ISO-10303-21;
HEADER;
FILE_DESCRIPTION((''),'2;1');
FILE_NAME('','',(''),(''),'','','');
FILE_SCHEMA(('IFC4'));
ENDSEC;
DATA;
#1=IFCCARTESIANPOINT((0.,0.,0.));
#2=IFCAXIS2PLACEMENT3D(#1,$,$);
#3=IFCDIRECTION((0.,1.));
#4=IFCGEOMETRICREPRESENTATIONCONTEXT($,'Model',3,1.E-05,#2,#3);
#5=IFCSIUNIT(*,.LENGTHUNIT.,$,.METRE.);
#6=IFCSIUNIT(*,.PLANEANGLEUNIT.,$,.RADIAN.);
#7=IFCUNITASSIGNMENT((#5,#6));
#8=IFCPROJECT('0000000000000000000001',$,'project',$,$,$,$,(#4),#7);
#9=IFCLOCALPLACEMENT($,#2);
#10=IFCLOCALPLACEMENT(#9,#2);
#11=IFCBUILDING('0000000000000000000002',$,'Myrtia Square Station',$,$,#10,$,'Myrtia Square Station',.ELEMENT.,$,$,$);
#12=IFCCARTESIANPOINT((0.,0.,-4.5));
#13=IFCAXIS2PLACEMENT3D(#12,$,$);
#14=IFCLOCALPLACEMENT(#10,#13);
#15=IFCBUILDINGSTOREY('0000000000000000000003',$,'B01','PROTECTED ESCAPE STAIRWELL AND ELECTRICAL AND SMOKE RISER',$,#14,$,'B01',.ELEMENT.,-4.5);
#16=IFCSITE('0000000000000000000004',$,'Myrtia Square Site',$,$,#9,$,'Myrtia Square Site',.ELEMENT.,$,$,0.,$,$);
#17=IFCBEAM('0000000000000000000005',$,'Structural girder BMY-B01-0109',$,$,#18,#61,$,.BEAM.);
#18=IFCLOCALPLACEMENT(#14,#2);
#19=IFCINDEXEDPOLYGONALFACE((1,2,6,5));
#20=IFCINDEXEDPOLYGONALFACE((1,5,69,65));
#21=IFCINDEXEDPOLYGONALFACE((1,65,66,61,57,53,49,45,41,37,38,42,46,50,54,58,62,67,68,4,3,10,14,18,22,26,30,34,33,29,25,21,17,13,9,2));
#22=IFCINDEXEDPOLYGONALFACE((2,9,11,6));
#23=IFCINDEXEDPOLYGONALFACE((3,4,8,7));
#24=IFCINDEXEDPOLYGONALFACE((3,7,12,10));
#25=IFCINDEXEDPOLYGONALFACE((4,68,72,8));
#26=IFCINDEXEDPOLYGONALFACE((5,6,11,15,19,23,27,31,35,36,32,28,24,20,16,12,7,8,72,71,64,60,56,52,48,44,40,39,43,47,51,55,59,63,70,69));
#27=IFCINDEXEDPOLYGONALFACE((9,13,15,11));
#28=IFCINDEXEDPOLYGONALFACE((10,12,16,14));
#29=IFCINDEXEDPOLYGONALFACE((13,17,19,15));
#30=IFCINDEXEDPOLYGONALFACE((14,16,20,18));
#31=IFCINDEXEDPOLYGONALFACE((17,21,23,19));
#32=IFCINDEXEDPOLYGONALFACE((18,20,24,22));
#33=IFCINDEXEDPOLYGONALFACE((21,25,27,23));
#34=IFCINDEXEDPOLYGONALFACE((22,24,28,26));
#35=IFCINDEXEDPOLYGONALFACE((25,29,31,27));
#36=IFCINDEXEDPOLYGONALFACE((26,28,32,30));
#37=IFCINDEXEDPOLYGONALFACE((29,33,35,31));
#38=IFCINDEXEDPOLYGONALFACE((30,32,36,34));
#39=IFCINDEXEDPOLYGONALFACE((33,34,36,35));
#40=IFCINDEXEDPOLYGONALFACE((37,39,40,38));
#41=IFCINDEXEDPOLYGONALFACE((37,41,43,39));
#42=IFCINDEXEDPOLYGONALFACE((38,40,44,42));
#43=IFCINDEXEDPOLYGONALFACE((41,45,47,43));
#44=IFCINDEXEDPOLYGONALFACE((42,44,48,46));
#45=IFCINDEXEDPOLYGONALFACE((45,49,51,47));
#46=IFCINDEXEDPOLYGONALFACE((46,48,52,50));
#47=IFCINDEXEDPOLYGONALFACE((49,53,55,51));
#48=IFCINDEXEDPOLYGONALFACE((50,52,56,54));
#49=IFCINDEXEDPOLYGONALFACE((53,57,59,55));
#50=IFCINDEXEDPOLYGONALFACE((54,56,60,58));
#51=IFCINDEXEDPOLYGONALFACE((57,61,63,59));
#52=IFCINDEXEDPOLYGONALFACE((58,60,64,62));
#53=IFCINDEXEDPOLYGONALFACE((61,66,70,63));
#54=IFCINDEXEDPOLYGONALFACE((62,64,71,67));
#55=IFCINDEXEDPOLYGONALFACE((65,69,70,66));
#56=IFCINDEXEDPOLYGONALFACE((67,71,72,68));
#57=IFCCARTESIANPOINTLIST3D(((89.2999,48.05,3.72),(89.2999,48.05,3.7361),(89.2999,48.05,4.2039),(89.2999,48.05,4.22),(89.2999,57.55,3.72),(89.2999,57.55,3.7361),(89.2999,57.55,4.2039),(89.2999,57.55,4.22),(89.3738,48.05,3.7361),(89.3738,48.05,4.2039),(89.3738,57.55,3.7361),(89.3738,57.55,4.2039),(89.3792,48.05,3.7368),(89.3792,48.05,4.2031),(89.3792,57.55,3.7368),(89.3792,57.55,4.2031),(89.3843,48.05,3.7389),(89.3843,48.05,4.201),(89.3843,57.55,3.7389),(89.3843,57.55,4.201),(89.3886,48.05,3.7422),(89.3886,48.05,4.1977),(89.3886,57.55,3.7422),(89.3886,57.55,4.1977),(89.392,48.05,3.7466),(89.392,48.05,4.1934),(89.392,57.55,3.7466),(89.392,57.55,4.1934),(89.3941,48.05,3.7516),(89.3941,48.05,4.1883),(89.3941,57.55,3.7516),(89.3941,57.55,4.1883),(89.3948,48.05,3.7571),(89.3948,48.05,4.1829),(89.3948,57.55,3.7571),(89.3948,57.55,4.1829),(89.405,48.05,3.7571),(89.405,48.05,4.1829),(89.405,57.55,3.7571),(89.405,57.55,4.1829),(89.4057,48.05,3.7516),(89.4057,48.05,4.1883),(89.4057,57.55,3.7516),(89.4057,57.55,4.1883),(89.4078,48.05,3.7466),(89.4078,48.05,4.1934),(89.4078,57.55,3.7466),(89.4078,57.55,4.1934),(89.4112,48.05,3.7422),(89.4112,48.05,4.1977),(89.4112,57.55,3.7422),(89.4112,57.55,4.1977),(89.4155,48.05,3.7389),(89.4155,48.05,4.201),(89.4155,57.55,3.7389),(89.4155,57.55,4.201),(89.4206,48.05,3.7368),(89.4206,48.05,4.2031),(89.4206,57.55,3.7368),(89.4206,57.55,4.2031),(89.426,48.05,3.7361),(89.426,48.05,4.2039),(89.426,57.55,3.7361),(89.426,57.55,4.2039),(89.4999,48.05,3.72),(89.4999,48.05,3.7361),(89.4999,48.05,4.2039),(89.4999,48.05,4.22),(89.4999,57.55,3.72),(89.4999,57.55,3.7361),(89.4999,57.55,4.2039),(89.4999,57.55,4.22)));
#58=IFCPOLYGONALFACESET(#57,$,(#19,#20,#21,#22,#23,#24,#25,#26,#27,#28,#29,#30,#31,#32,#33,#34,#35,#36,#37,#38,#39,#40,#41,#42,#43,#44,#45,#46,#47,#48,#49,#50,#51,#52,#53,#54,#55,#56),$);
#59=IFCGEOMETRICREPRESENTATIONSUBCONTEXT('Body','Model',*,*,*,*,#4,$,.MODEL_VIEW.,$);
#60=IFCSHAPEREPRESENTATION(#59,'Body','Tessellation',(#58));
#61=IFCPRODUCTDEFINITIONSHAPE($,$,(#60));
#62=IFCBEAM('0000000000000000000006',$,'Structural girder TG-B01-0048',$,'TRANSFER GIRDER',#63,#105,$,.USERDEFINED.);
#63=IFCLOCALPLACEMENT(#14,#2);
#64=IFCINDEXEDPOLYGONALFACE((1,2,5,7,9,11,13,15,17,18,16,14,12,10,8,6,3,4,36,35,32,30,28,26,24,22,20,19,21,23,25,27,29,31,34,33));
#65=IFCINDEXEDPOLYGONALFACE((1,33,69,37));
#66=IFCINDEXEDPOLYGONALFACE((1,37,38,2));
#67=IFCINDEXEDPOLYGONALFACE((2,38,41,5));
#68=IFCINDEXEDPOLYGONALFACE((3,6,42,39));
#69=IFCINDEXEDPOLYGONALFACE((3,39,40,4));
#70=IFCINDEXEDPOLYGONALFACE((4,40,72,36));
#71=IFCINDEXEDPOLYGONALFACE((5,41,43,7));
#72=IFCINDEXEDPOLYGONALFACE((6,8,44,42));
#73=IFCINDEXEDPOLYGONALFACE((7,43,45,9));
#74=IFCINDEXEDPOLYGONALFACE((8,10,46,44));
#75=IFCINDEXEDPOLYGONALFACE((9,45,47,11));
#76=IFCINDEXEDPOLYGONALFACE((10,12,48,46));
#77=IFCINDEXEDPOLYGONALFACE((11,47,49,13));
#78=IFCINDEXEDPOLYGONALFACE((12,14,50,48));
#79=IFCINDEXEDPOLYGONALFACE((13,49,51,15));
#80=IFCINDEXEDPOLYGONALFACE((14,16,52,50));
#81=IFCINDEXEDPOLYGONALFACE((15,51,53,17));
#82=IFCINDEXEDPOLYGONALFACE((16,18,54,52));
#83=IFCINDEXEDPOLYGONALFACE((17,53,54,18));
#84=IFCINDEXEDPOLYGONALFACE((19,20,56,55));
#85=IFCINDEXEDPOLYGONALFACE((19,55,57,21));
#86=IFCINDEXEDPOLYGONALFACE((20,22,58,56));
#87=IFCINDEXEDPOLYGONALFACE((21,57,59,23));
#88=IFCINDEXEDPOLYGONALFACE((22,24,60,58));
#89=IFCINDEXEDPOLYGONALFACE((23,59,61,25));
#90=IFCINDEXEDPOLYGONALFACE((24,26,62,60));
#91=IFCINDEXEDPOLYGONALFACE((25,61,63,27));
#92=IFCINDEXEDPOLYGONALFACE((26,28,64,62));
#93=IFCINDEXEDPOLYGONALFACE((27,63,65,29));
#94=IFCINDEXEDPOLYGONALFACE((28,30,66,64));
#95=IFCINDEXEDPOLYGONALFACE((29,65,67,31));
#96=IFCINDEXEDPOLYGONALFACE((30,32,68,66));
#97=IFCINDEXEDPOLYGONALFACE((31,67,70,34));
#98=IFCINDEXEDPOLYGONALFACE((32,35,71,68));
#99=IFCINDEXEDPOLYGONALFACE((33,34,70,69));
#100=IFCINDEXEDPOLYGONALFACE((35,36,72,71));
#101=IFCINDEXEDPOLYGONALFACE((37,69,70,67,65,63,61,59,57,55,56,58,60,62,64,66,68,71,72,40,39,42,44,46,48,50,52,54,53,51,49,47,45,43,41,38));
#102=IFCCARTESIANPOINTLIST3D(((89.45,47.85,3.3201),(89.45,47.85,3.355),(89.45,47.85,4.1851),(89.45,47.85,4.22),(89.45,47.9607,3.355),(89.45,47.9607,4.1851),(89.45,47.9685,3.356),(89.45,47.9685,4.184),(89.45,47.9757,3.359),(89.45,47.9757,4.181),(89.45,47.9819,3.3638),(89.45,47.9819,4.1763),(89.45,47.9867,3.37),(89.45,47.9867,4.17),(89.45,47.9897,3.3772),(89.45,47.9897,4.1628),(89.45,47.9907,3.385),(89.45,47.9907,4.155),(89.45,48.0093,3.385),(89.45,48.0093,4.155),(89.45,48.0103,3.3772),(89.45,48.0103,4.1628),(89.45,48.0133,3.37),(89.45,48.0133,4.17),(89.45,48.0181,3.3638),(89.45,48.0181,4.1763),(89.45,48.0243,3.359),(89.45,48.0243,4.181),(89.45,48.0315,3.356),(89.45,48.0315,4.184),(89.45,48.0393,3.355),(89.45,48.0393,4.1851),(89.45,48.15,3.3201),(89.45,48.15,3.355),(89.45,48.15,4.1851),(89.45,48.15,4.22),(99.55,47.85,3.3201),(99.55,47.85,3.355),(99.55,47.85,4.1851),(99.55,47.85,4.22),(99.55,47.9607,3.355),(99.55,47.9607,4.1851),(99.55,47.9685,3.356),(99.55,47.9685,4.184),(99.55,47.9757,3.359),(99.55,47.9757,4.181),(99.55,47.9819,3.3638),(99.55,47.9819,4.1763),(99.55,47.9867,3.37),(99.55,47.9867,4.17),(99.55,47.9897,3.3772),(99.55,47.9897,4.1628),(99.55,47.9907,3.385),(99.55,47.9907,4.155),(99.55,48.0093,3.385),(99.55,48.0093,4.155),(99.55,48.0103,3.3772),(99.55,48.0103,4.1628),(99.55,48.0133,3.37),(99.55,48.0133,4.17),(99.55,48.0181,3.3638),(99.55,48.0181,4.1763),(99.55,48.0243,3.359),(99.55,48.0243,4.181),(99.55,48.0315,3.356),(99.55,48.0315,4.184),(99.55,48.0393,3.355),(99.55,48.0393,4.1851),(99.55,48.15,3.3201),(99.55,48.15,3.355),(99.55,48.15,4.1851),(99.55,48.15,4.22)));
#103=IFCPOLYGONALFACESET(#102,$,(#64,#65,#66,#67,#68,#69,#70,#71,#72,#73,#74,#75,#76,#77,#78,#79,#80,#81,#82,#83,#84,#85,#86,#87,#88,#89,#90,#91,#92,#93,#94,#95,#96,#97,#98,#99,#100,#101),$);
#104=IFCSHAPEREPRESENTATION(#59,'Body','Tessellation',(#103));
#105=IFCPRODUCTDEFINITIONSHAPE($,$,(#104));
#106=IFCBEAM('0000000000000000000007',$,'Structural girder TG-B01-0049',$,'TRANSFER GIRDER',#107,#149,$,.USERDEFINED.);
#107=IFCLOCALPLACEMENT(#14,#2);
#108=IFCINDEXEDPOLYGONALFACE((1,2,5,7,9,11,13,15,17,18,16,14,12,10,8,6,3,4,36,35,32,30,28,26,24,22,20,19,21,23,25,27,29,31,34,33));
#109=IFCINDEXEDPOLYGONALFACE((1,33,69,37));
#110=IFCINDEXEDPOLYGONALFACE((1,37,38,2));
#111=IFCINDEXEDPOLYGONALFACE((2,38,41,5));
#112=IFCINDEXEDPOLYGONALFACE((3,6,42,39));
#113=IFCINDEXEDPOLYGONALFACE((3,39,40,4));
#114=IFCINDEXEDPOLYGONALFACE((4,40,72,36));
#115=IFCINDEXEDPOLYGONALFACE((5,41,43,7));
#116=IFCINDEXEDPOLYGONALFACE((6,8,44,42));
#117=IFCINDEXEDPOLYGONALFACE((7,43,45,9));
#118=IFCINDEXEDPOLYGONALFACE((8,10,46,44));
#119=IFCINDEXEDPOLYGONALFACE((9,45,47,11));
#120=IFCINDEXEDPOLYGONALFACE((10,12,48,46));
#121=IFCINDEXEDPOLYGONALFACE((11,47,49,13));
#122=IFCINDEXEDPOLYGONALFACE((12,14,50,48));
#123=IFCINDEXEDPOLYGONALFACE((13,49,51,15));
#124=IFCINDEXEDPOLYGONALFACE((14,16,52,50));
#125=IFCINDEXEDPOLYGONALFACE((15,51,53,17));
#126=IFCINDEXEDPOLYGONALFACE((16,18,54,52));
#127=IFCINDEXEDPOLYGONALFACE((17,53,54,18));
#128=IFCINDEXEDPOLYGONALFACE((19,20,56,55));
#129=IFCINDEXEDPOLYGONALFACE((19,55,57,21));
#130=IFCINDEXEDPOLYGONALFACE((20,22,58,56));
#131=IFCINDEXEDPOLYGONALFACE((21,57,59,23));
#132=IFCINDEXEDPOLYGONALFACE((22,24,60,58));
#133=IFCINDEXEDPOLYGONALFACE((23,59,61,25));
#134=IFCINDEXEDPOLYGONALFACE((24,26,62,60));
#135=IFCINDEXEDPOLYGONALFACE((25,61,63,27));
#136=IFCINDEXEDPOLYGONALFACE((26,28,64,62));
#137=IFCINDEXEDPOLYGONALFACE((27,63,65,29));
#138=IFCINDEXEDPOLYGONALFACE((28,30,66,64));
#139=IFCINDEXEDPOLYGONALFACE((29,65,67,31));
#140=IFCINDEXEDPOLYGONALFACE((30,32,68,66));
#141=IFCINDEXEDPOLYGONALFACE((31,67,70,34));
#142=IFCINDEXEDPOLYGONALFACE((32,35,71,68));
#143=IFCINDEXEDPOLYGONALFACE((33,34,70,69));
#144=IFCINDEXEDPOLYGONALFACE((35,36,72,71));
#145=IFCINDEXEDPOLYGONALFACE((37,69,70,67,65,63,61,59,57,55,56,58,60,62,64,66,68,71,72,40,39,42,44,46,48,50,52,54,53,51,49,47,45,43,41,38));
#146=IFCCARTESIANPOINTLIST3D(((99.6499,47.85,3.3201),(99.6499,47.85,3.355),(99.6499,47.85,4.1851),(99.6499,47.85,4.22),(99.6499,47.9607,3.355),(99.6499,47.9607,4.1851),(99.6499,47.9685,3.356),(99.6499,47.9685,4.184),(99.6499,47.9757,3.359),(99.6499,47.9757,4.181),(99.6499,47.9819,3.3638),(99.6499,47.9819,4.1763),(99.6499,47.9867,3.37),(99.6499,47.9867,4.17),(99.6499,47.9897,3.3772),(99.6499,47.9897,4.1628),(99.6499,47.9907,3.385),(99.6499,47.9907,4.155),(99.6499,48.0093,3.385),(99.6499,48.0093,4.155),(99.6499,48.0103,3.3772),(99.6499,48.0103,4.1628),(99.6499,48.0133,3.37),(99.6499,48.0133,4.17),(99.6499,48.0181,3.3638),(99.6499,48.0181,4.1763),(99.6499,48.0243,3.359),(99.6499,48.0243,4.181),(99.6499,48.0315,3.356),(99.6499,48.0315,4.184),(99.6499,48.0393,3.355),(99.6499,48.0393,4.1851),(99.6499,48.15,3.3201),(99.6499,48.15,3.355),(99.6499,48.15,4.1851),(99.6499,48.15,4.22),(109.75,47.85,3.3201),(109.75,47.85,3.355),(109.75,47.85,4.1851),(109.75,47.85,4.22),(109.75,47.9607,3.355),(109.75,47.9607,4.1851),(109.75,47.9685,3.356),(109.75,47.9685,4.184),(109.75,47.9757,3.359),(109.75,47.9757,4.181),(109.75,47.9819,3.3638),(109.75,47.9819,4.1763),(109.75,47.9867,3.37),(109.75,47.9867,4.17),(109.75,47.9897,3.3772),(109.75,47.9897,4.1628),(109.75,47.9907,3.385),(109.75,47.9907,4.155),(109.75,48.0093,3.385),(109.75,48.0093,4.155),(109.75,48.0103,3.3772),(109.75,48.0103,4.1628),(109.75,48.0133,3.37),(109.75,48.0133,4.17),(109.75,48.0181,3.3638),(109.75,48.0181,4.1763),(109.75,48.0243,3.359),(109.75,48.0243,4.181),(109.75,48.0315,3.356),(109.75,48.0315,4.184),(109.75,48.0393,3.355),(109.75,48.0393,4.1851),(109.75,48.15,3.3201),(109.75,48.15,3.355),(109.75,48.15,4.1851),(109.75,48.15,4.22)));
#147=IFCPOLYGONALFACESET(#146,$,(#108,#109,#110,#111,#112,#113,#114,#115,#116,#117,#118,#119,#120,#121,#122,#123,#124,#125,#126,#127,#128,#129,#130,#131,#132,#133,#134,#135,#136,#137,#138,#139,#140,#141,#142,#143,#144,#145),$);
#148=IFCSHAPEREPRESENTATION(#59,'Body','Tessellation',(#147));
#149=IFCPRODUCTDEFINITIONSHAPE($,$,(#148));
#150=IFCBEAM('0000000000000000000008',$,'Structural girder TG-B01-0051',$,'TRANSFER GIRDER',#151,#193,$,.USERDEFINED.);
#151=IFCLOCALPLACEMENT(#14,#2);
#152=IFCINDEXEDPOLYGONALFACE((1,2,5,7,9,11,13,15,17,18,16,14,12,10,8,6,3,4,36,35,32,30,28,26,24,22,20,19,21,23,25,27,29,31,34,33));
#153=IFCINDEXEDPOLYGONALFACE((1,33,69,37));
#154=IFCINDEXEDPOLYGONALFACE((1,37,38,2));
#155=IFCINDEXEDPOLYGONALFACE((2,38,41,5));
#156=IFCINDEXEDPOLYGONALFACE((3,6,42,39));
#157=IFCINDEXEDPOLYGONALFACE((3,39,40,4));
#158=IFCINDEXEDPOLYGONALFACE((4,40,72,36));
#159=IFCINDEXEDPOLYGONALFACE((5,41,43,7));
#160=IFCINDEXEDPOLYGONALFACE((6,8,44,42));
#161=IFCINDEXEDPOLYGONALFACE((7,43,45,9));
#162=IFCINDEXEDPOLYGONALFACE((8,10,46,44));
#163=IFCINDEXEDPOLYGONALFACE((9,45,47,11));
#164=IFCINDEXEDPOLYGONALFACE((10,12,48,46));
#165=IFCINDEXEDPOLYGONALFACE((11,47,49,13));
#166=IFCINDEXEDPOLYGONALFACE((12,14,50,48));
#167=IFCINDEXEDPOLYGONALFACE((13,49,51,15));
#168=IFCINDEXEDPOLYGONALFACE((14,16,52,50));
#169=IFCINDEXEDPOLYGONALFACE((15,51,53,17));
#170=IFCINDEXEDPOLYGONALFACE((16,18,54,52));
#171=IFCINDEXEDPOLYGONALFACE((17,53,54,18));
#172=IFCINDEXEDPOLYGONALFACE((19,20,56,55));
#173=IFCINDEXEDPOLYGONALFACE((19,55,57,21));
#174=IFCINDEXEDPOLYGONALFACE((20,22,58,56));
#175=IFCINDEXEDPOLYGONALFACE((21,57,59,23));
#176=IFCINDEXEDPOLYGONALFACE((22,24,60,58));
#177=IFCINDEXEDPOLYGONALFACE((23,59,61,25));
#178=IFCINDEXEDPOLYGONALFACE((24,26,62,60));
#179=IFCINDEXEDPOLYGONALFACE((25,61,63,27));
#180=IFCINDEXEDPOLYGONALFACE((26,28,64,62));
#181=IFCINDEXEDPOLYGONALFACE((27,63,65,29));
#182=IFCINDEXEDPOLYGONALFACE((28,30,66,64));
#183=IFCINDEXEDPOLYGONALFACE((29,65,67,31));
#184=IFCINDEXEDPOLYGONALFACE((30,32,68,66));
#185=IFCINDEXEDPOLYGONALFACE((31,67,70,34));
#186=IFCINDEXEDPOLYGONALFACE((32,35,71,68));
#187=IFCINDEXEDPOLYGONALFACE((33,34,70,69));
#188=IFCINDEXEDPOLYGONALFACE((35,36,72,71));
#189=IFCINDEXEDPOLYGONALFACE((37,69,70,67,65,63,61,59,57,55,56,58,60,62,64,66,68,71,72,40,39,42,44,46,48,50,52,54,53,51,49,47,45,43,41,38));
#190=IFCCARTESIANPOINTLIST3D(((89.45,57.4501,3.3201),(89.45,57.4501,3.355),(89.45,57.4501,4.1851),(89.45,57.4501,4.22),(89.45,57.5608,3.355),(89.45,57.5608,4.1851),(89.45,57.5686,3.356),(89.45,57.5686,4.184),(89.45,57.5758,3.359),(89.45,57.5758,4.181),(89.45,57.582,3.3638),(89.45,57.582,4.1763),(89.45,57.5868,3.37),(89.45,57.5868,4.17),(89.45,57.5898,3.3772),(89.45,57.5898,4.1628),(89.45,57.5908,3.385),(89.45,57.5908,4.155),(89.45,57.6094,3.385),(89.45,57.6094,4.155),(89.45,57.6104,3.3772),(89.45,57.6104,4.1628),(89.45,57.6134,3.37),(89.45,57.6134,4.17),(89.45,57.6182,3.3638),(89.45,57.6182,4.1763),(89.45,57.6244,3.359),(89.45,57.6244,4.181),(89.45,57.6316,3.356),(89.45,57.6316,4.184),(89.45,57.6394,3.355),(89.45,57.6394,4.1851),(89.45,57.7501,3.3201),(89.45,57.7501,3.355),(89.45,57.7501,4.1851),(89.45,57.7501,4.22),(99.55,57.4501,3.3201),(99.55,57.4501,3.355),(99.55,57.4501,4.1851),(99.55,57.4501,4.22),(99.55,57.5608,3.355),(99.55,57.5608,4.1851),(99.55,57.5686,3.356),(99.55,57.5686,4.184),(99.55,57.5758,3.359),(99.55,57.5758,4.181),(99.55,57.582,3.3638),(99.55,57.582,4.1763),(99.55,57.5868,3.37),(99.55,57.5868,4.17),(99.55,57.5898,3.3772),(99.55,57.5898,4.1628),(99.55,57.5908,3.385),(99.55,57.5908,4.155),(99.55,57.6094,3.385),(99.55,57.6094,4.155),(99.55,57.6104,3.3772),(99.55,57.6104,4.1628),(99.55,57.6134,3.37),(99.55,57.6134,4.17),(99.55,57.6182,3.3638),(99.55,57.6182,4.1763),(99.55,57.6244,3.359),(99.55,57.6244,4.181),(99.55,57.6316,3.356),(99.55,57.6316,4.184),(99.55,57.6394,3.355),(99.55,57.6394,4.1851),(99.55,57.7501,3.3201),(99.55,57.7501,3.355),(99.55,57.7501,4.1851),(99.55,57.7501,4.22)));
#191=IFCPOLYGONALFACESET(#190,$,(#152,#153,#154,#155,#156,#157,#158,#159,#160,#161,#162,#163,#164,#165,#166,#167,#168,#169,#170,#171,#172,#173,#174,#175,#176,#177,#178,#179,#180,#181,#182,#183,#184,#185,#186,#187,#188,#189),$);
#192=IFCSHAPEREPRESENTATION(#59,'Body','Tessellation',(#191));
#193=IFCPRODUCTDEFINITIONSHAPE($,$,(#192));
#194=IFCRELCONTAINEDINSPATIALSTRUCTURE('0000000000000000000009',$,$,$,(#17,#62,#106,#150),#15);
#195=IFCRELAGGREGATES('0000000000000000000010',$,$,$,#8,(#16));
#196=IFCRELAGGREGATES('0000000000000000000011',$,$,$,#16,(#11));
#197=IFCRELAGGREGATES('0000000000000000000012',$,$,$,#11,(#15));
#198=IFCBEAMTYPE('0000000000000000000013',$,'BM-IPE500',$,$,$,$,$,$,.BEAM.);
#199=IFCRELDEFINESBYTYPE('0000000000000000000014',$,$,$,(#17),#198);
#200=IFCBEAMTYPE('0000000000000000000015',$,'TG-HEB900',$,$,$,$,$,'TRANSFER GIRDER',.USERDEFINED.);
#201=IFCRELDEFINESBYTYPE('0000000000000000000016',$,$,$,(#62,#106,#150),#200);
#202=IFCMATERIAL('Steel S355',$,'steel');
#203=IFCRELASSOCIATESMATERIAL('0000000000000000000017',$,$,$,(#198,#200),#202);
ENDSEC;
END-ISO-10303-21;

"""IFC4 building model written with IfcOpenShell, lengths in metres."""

from ifc_helpers import new_model, si_unit, direction, frame, origin, origin_2d, place, context, subcontext, project, spatial, i_section, extrude, material, material_profile, profile_set, type_object, element, save


model = new_model("IFC4")

# Units and contexts
model_context = context("Model", 3, precision=1e-05, world=origin(), true_north=direction((0.0, 1.0)))
body_context = subcontext(model_context, "Body", "Model", "MODEL_VIEW")
ifc_project = project(units=[si_unit("LENGTHUNIT", "METRE"), si_unit("PLANEANGLEUNIT", "RADIAN")], contexts=[model_context])

# Site, building, storey
site_placement = place(None, origin())
site = spatial("IfcSite", under=ifc_project, at=site_placement, Name="Myrtia Square Site", LongName="Myrtia Square Site", CompositionType="ELEMENT", RefElevation=0.0)
building_placement = place(site_placement, origin())
building = spatial("IfcBuilding", under=site, at=building_placement, Name="Myrtia Square Station", LongName="Myrtia Square Station", CompositionType="ELEMENT")
storey_placement = place(building_placement, frame((0.0, 0.0, -4.5)))
storey = spatial("IfcBuildingStorey", under=building, at=storey_placement, Name="B01", Description="PROTECTED ESCAPE STAIRWELL AND ELECTRICAL AND SMOKE RISER", LongName="B01", CompositionType="ELEMENT", Elevation=-4.5)

# Beams
ifc_material_1 = material(Name="Steel S355", Category="steel")
ifc_material_profile_1 = material_profile(ifc_material_1, i_section(OverallWidth=0.2, OverallDepth=0.5, WebThickness=0.0103, FlangeThickness=0.0161, FilletRadius=0.021, at=origin_2d()), Name="IPE 500")
ifc_profile_set_1 = profile_set([ifc_material_profile_1], Name="Steel S355")
beam_type_1 = type_object("IfcBeamType", Name="BM-IPE500", PredefinedType="BEAM", material=ifc_profile_set_1)
beam_1_placement = place(storey_placement, frame((89.3999, 48.05, 3.97), z_axis=(0.0, 1.0, 0.0), x_axis=(-1.0, 0.0, 0.0)))
element("IfcBeam", 1, at=beam_1_placement, inside=storey, type_object=beam_type_1, Name="Structural girder BMY-B01-0109", PredefinedType="BEAM", context=body_context, shape_type="SweptSolid", body=[
    extrude(i_section(OverallWidth=0.2, OverallDepth=0.5, WebThickness=0.0103, FlangeThickness=0.0161, FilletRadius=0.021, at=origin_2d()), origin(), (0.0, 0.0, 1.0), 9.5),
])
ifc_material_profile_2 = material_profile(ifc_material_1, i_section(OverallWidth=0.3, OverallDepth=0.8999, WebThickness=0.0186, FlangeThickness=0.0349, FilletRadius=0.03, at=origin_2d()), Name="HEB 900")
ifc_profile_set_2 = profile_set([ifc_material_profile_2], Name="Steel S355")
beam_type_2 = type_object("IfcBeamType", Name="TG-HEB900", ElementType="TRANSFER GIRDER", PredefinedType="USERDEFINED", material=ifc_profile_set_2)
for number, where, z_axis, x_axis, name in (
    (2, (89.45, 48.0, 3.77), (1.0, 0.0, 0.0), (0.0, 1.0, 0.0), "Structural girder TG-B01-0048"),
    (3, (99.6499, 48.0, 3.77), (1.0, 0.0, 0.0), (0.0, 1.0, 0.0), "Structural girder TG-B01-0049"),
    (4, (89.45, 57.6001, 3.77), (1.0, 0.0, 0.0), (0.0, 1.0, 0.0), "Structural girder TG-B01-0051"),
):
    element("IfcBeam", number, at=place(storey_placement, frame(where, z_axis=z_axis, x_axis=x_axis)), inside=storey, type_object=beam_type_2, Name=name, ObjectType="TRANSFER GIRDER", PredefinedType="USERDEFINED", context=body_context, shape_type="SweptSolid", body=[
        extrude(i_section(OverallWidth=0.3, OverallDepth=0.8999, WebThickness=0.0186, FlangeThickness=0.0349, FilletRadius=0.03, at=origin_2d()), origin(), (0.0, 0.0, 1.0), 10.1001),
    ])

save(model, "model.ifc")
